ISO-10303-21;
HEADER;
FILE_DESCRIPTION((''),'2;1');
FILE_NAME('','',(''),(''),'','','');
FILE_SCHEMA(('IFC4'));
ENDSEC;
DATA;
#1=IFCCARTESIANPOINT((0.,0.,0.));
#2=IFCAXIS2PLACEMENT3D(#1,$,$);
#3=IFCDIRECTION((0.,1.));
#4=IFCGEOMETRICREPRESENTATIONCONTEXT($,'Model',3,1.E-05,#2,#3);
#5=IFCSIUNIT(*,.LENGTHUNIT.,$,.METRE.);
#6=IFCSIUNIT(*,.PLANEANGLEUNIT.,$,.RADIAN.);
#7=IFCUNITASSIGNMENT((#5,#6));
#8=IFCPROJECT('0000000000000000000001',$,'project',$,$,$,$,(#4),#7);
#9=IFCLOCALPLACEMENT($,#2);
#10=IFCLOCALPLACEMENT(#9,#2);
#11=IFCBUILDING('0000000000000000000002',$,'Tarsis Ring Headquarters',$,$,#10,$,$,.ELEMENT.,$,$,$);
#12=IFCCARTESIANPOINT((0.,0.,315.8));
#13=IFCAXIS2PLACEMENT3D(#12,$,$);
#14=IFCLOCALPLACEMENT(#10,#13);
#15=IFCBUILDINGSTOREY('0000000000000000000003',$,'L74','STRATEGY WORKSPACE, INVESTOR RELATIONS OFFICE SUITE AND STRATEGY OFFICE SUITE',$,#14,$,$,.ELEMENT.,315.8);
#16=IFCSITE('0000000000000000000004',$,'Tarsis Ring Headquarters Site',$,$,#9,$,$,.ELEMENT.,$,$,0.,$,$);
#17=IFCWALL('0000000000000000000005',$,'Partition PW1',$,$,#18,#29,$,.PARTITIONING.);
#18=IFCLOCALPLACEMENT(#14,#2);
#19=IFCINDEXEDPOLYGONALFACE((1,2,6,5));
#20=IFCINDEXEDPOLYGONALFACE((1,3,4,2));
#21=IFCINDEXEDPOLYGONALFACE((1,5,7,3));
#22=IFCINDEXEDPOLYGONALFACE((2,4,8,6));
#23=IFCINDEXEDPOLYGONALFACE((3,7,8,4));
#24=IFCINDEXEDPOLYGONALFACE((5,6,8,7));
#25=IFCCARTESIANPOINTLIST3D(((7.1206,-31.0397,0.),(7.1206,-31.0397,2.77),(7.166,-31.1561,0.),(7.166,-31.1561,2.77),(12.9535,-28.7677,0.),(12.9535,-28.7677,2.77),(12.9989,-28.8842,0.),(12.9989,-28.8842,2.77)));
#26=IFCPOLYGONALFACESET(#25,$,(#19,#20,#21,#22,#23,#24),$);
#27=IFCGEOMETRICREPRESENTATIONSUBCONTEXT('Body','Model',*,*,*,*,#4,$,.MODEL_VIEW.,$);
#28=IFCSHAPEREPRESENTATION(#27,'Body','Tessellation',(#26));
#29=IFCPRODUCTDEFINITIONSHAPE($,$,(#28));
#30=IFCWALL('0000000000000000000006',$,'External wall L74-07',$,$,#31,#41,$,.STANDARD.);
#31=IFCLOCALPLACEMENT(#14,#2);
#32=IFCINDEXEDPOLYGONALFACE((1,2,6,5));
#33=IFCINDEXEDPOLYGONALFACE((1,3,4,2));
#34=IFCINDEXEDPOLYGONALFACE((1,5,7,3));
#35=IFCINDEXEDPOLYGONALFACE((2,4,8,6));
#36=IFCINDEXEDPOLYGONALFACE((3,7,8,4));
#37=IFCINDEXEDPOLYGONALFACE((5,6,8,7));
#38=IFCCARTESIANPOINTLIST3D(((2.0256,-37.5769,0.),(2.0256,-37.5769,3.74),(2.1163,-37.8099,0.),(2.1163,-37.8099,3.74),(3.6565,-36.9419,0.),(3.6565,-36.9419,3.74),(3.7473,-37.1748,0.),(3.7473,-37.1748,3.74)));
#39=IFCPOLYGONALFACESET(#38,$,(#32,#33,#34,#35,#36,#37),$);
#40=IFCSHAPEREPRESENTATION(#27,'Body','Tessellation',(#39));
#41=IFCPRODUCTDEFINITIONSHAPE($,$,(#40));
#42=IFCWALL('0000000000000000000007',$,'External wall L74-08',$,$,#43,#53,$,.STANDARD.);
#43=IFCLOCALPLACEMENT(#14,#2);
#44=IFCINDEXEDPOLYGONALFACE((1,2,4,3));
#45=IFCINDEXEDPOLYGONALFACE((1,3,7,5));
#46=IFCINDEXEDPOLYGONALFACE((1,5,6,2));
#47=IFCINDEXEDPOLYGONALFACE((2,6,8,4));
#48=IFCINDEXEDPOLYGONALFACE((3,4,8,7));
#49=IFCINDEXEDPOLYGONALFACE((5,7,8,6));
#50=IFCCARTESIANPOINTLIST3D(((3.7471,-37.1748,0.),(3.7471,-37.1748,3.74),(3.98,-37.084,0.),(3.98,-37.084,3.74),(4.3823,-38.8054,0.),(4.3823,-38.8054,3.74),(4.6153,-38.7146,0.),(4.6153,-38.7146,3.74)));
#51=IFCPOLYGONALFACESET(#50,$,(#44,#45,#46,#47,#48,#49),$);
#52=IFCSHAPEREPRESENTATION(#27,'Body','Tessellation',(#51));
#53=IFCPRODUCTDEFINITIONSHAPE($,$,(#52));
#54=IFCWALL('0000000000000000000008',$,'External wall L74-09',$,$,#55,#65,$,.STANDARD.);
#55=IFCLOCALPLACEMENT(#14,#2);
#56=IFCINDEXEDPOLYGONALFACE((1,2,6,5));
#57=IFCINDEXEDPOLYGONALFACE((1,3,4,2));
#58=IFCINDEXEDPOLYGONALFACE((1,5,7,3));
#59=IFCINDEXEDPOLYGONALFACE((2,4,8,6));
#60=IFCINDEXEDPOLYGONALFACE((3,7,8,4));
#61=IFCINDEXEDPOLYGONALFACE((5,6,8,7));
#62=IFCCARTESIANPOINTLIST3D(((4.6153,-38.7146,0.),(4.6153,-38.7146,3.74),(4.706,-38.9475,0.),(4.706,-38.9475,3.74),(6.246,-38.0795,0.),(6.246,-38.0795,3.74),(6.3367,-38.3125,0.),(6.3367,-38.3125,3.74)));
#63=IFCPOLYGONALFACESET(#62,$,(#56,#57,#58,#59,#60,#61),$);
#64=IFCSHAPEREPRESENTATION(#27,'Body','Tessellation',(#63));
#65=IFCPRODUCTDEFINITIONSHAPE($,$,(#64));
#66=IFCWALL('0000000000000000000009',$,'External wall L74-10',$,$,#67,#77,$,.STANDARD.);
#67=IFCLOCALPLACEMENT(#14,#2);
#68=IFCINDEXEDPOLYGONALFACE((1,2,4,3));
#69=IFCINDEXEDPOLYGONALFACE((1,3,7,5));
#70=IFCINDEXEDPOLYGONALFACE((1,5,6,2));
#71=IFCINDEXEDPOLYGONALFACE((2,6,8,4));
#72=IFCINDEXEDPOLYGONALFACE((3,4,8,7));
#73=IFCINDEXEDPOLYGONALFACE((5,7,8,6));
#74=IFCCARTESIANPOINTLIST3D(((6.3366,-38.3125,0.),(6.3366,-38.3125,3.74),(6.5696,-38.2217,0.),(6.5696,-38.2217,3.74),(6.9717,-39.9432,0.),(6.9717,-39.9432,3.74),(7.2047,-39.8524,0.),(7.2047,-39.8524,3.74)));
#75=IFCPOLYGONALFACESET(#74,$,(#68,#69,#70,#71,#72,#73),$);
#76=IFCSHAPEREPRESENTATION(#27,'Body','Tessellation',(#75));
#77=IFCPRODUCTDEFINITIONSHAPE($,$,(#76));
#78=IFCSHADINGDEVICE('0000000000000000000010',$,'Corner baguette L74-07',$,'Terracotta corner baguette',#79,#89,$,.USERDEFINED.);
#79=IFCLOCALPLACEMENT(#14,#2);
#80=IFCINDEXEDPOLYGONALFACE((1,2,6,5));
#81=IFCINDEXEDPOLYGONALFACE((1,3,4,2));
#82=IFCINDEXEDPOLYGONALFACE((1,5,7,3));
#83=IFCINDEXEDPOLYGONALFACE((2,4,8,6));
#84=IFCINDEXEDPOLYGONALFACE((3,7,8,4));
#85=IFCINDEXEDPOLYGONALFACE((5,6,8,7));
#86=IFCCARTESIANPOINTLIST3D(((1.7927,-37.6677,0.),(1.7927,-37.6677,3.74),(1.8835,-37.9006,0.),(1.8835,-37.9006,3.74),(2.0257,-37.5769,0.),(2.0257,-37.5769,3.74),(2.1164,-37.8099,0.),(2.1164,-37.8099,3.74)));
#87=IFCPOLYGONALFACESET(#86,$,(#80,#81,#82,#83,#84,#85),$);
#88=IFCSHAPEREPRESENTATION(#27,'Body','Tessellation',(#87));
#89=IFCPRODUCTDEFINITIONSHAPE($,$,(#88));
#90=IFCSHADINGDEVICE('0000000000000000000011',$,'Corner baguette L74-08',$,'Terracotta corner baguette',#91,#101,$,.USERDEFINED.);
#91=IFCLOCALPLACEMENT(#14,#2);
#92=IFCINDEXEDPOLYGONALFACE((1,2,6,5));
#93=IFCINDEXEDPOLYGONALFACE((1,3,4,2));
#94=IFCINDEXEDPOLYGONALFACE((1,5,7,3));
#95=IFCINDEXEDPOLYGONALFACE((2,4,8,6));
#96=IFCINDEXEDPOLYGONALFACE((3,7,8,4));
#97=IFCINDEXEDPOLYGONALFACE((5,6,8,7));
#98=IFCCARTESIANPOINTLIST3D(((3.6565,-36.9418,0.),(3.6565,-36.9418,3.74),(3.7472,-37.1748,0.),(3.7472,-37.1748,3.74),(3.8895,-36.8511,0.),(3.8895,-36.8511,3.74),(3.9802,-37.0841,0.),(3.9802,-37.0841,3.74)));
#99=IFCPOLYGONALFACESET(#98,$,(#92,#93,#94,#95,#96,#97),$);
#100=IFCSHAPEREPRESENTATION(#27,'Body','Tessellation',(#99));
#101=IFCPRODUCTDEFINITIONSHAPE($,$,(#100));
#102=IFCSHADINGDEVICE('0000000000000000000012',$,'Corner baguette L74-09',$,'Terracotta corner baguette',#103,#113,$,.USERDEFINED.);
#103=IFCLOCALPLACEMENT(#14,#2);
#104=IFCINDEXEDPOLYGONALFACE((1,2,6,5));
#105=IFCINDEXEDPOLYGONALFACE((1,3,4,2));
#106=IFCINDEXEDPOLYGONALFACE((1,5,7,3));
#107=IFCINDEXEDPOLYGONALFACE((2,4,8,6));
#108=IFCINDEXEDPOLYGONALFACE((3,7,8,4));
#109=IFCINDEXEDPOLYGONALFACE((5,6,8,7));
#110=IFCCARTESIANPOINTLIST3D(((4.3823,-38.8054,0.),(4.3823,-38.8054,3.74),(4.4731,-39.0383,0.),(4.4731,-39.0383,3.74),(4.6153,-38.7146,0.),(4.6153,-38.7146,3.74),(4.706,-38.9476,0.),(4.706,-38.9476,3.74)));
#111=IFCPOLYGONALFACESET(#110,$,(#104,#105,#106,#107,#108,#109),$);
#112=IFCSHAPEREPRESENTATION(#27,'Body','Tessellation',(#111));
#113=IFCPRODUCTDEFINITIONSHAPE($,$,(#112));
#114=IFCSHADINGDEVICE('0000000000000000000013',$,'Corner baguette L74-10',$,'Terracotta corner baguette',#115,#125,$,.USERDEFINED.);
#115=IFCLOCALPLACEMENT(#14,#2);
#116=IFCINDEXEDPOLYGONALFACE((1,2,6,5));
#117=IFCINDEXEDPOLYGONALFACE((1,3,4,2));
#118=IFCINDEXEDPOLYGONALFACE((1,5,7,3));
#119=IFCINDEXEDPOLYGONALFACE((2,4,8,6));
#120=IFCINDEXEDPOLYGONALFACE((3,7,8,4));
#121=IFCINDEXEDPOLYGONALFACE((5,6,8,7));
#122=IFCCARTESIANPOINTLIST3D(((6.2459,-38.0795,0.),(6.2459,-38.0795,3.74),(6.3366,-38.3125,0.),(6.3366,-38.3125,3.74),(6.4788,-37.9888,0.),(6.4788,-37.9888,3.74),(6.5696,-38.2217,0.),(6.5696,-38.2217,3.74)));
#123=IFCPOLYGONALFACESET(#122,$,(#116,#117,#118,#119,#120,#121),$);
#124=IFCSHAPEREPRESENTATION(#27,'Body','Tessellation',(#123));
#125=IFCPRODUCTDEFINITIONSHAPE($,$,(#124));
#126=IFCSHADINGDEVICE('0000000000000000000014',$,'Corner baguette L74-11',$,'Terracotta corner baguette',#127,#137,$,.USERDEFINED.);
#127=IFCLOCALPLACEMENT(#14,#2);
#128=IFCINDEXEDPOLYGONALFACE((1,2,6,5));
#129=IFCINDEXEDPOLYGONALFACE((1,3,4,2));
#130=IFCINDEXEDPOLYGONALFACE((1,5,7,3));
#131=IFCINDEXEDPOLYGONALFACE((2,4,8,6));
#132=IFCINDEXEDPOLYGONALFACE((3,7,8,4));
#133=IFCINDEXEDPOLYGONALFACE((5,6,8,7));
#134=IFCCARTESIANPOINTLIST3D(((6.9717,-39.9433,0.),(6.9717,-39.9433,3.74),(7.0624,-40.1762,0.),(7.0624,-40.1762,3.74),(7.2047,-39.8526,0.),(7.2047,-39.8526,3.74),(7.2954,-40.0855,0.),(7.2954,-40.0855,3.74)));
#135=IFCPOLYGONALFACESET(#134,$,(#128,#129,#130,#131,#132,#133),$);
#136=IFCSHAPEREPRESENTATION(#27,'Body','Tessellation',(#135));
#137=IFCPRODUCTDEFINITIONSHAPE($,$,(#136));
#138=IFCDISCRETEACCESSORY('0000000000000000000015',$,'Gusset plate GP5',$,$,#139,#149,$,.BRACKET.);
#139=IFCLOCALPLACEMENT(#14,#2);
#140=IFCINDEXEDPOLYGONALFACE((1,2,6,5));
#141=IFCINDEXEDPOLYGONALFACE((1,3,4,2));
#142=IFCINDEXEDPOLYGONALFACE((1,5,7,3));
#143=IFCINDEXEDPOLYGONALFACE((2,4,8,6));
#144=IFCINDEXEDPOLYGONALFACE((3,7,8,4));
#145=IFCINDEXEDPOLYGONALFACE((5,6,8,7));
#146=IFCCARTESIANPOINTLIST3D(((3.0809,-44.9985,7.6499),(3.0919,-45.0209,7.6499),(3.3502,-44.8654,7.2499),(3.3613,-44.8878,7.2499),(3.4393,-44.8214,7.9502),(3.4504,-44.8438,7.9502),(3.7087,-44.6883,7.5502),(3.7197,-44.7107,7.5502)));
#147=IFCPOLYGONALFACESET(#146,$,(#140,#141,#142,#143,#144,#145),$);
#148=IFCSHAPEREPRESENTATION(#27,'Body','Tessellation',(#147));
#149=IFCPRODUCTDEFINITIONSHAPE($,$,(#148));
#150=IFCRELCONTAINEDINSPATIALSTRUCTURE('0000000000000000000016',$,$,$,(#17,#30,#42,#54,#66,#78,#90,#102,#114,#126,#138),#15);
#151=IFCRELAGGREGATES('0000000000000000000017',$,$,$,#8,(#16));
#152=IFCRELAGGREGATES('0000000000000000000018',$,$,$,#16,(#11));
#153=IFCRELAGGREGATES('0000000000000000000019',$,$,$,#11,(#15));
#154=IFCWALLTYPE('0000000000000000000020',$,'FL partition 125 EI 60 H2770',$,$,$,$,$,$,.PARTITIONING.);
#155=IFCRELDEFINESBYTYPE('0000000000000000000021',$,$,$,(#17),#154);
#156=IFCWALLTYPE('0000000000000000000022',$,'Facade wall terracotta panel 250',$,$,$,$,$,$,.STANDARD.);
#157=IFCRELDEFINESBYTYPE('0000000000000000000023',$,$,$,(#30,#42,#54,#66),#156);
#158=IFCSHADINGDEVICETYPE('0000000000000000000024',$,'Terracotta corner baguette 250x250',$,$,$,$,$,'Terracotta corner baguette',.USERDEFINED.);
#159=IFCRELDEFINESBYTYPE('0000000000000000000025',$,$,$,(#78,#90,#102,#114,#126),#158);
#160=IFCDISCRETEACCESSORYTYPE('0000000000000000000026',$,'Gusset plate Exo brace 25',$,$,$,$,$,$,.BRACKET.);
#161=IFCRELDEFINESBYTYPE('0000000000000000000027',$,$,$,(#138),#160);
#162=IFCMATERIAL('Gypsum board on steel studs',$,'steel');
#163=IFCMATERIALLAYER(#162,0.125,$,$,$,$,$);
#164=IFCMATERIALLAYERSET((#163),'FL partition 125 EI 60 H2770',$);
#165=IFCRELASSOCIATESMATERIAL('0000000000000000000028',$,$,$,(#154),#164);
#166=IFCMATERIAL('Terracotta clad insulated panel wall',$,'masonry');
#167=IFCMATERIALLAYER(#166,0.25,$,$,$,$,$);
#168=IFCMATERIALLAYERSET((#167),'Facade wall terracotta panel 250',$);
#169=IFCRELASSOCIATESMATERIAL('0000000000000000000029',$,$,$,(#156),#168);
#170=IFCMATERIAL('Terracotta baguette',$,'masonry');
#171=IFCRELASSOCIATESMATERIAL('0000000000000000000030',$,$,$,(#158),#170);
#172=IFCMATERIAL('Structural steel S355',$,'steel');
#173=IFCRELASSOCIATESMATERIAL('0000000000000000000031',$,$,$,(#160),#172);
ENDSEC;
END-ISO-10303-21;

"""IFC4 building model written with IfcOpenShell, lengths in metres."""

from ifc_helpers import new_model, si_unit, direction, frame, frame_2d, origin, origin_2d, place, context, subcontext, project, spatial, rectangle, extrude, material, layer, layer_set, material_profile, profile_set, type_object, element, save


model = new_model("IFC4")

# Units and contexts
model_context = context("Model", 3, precision=1e-05, world=origin(), true_north=direction((0.0, 1.0)))
body_context = subcontext(model_context, "Body", "Model", "MODEL_VIEW")
ifc_project = project(units=[si_unit("LENGTHUNIT", "METRE"), si_unit("PLANEANGLEUNIT", "RADIAN")], contexts=[model_context])

# Site, building, storey
site_placement = place(None, origin())
site = spatial("IfcSite", under=ifc_project, at=site_placement, Name="Tarsis Ring Headquarters Site", CompositionType="ELEMENT", RefElevation=0.0)
building_placement = place(site_placement, origin())
building = spatial("IfcBuilding", under=site, at=building_placement, Name="Tarsis Ring Headquarters", CompositionType="ELEMENT")
storey_placement = place(building_placement, frame((0.0, 0.0, 315.8)))
storey = spatial("IfcBuildingStorey", under=building, at=storey_placement, Name="L74", Description="STRATEGY WORKSPACE, INVESTOR RELATIONS OFFICE SUITE AND STRATEGY OFFICE SUITE", CompositionType="ELEMENT", Elevation=315.8)

# Shared definitions
ifc_material_1 = material(Name="Structural steel S355", Category="steel")

# Shared definitions
ifc_material_2 = material(Name="Gypsum board on steel studs", Category="steel")
ifc_layer_1 = layer(ifc_material_2, 0.125)
ifc_layer_set_1 = layer_set([ifc_layer_1], Name="FL partition 125 EI 60 H2770")
wall_type_1 = type_object("IfcWallType", Name="FL partition 125 EI 60 H2770", PredefinedType="PARTITIONING", material=ifc_layer_set_1)

# Walls
wall_1_placement = place(storey_placement, frame((7.1433, -31.0979, 0.0), z_axis=(0.0, 0.0, 1.0), x_axis=(0.931811, 0.362943, 0.0)))
element("IfcWall", 1, at=wall_1_placement, inside=storey, type_object=wall_type_1, Name="Partition PW1", PredefinedType="PARTITIONING", context=body_context, shape_type="SweptSolid", body=[
    extrude(rectangle(XDim=6.2598, YDim=0.125, at=frame_2d((3.1299, 0.0))), origin(), (0.0, 0.0, 1.0), 2.77),
])
ifc_material_3 = material(Name="Terracotta clad insulated panel wall", Category="masonry")
ifc_layer_2 = layer(ifc_material_3, 0.25)
ifc_layer_set_2 = layer_set([ifc_layer_2], Name="Facade wall terracotta panel 250")
wall_type_2 = type_object("IfcWallType", Name="Facade wall terracotta panel 250", PredefinedType="STANDARD", material=ifc_layer_set_2)
wall_2_placement = place(storey_placement, frame((2.071, -37.6934, 0.0), z_axis=(0.0, 0.0, 1.0), x_axis=(0.931853, 0.362837, 0.0)))
element("IfcWall", 2, at=wall_2_placement, inside=storey, type_object=wall_type_2, Name="External wall L74-07", PredefinedType="STANDARD", context=body_context, shape_type="SweptSolid", body=[
    extrude(rectangle(XDim=1.7502, YDim=0.25, at=frame_2d((0.875, 0.0))), origin(), (0.0, 0.0, 1.0), 3.74),
])
for number, where, z_axis, x_axis, name in (
    (3, (3.8635, -37.1294, 0.0), (0.0, 0.0, 1.0), (0.363005, -0.931787, 0.0), "External wall L74-08"),
    (4, (4.6606, -38.8311, 0.0), (0.0, 0.0, 1.0), (0.931834, 0.362884, 0.0), "External wall L74-09"),
    (5, (6.4531, -38.2671, 0.0), (0.0, 0.0, 1.0), (0.362884, -0.931834, 0.0), "External wall L74-10"),
):
    element("IfcWall", number, at=place(storey_placement, frame(where, z_axis=z_axis, x_axis=x_axis)), inside=storey, type_object=wall_type_2, Name=name, PredefinedType="STANDARD", context=body_context, shape_type="SweptSolid", body=[
        extrude(rectangle(XDim=1.75, YDim=0.25, at=frame_2d((0.875, 0.0))), origin(), (0.0, 0.0, 1.0), 3.74),
    ])

# Shading devices
ifc_material_4 = material(Name="Terracotta baguette", Category="masonry")
shading_device_type_1 = type_object("IfcShadingDeviceType", Name="Terracotta corner baguette 250x250", ElementType="Terracotta corner baguette", PredefinedType="USERDEFINED", material=ifc_material_4)
for number, where, z_axis, x_axis, name in (
    (6, (1.9546, -37.7388, 0.0), (0.0, 0.0, 1.0), (0.362926, -0.931818, 0.0), "Corner baguette L74-07"),
    (7, (3.8184, -37.0129, 0.0), (0.0, 0.0, 1.0), (0.931818, 0.362926, 0.0), "Corner baguette L74-08"),
    (8, (4.5442, -38.8765, 0.0), (0.0, 0.0, 1.0), (0.362926, -0.931818, 0.0), "Corner baguette L74-09"),
    (9, (6.4077, -38.1506, 0.0), (0.0, 0.0, 1.0), (0.931818, 0.362926, 0.0), "Corner baguette L74-10"),
    (10, (7.1335, -40.0144, 0.0), (0.0, 0.0, 1.0), (0.362926, -0.931818, 0.0), "Corner baguette L74-11"),
):
    element("IfcShadingDevice", number, at=place(storey_placement, frame(where, z_axis=z_axis, x_axis=x_axis)), inside=storey, type_object=shading_device_type_1, Name=name, ObjectType="Terracotta corner baguette", PredefinedType="USERDEFINED", context=body_context, shape_type="SweptSolid", body=[
        extrude(rectangle(XDim=0.25, YDim=0.25, at=origin_2d()), origin(), (0.0, 0.0, 1.0), 3.74),
    ])

# Discrete accessory
ifc_material_profile_1 = material_profile(ifc_material_1, rectangle(XDim=0.0249, YDim=0.5, at=origin_2d()), Name="PL 25x500")
ifc_profile_set_1 = profile_set([ifc_material_profile_1], Name="Structural steel S355")
discrete_accessory_type = type_object("IfcDiscreteAccessoryType", Name="Gusset plate Exo brace 25", PredefinedType="BRACKET", material=ifc_profile_set_1)
discrete_accessory_placement = place(storey_placement, frame((3.2656, -44.9211, 7.8), z_axis=(0.538422, 0.266038, -0.799578), x_axis=(-0.442982, 0.896531, 0.0)))
element("IfcDiscreteAccessory", 11, at=discrete_accessory_placement, inside=storey, type_object=discrete_accessory_type, Name="Gusset plate GP5", PredefinedType="BRACKET", context=body_context, shape_type="SweptSolid", body=[
    extrude(rectangle(XDim=0.0249, YDim=0.5, at=origin_2d()), origin(), (0.0, 0.0, 1.0), 0.5002),
])

save(model, "model.ifc")
